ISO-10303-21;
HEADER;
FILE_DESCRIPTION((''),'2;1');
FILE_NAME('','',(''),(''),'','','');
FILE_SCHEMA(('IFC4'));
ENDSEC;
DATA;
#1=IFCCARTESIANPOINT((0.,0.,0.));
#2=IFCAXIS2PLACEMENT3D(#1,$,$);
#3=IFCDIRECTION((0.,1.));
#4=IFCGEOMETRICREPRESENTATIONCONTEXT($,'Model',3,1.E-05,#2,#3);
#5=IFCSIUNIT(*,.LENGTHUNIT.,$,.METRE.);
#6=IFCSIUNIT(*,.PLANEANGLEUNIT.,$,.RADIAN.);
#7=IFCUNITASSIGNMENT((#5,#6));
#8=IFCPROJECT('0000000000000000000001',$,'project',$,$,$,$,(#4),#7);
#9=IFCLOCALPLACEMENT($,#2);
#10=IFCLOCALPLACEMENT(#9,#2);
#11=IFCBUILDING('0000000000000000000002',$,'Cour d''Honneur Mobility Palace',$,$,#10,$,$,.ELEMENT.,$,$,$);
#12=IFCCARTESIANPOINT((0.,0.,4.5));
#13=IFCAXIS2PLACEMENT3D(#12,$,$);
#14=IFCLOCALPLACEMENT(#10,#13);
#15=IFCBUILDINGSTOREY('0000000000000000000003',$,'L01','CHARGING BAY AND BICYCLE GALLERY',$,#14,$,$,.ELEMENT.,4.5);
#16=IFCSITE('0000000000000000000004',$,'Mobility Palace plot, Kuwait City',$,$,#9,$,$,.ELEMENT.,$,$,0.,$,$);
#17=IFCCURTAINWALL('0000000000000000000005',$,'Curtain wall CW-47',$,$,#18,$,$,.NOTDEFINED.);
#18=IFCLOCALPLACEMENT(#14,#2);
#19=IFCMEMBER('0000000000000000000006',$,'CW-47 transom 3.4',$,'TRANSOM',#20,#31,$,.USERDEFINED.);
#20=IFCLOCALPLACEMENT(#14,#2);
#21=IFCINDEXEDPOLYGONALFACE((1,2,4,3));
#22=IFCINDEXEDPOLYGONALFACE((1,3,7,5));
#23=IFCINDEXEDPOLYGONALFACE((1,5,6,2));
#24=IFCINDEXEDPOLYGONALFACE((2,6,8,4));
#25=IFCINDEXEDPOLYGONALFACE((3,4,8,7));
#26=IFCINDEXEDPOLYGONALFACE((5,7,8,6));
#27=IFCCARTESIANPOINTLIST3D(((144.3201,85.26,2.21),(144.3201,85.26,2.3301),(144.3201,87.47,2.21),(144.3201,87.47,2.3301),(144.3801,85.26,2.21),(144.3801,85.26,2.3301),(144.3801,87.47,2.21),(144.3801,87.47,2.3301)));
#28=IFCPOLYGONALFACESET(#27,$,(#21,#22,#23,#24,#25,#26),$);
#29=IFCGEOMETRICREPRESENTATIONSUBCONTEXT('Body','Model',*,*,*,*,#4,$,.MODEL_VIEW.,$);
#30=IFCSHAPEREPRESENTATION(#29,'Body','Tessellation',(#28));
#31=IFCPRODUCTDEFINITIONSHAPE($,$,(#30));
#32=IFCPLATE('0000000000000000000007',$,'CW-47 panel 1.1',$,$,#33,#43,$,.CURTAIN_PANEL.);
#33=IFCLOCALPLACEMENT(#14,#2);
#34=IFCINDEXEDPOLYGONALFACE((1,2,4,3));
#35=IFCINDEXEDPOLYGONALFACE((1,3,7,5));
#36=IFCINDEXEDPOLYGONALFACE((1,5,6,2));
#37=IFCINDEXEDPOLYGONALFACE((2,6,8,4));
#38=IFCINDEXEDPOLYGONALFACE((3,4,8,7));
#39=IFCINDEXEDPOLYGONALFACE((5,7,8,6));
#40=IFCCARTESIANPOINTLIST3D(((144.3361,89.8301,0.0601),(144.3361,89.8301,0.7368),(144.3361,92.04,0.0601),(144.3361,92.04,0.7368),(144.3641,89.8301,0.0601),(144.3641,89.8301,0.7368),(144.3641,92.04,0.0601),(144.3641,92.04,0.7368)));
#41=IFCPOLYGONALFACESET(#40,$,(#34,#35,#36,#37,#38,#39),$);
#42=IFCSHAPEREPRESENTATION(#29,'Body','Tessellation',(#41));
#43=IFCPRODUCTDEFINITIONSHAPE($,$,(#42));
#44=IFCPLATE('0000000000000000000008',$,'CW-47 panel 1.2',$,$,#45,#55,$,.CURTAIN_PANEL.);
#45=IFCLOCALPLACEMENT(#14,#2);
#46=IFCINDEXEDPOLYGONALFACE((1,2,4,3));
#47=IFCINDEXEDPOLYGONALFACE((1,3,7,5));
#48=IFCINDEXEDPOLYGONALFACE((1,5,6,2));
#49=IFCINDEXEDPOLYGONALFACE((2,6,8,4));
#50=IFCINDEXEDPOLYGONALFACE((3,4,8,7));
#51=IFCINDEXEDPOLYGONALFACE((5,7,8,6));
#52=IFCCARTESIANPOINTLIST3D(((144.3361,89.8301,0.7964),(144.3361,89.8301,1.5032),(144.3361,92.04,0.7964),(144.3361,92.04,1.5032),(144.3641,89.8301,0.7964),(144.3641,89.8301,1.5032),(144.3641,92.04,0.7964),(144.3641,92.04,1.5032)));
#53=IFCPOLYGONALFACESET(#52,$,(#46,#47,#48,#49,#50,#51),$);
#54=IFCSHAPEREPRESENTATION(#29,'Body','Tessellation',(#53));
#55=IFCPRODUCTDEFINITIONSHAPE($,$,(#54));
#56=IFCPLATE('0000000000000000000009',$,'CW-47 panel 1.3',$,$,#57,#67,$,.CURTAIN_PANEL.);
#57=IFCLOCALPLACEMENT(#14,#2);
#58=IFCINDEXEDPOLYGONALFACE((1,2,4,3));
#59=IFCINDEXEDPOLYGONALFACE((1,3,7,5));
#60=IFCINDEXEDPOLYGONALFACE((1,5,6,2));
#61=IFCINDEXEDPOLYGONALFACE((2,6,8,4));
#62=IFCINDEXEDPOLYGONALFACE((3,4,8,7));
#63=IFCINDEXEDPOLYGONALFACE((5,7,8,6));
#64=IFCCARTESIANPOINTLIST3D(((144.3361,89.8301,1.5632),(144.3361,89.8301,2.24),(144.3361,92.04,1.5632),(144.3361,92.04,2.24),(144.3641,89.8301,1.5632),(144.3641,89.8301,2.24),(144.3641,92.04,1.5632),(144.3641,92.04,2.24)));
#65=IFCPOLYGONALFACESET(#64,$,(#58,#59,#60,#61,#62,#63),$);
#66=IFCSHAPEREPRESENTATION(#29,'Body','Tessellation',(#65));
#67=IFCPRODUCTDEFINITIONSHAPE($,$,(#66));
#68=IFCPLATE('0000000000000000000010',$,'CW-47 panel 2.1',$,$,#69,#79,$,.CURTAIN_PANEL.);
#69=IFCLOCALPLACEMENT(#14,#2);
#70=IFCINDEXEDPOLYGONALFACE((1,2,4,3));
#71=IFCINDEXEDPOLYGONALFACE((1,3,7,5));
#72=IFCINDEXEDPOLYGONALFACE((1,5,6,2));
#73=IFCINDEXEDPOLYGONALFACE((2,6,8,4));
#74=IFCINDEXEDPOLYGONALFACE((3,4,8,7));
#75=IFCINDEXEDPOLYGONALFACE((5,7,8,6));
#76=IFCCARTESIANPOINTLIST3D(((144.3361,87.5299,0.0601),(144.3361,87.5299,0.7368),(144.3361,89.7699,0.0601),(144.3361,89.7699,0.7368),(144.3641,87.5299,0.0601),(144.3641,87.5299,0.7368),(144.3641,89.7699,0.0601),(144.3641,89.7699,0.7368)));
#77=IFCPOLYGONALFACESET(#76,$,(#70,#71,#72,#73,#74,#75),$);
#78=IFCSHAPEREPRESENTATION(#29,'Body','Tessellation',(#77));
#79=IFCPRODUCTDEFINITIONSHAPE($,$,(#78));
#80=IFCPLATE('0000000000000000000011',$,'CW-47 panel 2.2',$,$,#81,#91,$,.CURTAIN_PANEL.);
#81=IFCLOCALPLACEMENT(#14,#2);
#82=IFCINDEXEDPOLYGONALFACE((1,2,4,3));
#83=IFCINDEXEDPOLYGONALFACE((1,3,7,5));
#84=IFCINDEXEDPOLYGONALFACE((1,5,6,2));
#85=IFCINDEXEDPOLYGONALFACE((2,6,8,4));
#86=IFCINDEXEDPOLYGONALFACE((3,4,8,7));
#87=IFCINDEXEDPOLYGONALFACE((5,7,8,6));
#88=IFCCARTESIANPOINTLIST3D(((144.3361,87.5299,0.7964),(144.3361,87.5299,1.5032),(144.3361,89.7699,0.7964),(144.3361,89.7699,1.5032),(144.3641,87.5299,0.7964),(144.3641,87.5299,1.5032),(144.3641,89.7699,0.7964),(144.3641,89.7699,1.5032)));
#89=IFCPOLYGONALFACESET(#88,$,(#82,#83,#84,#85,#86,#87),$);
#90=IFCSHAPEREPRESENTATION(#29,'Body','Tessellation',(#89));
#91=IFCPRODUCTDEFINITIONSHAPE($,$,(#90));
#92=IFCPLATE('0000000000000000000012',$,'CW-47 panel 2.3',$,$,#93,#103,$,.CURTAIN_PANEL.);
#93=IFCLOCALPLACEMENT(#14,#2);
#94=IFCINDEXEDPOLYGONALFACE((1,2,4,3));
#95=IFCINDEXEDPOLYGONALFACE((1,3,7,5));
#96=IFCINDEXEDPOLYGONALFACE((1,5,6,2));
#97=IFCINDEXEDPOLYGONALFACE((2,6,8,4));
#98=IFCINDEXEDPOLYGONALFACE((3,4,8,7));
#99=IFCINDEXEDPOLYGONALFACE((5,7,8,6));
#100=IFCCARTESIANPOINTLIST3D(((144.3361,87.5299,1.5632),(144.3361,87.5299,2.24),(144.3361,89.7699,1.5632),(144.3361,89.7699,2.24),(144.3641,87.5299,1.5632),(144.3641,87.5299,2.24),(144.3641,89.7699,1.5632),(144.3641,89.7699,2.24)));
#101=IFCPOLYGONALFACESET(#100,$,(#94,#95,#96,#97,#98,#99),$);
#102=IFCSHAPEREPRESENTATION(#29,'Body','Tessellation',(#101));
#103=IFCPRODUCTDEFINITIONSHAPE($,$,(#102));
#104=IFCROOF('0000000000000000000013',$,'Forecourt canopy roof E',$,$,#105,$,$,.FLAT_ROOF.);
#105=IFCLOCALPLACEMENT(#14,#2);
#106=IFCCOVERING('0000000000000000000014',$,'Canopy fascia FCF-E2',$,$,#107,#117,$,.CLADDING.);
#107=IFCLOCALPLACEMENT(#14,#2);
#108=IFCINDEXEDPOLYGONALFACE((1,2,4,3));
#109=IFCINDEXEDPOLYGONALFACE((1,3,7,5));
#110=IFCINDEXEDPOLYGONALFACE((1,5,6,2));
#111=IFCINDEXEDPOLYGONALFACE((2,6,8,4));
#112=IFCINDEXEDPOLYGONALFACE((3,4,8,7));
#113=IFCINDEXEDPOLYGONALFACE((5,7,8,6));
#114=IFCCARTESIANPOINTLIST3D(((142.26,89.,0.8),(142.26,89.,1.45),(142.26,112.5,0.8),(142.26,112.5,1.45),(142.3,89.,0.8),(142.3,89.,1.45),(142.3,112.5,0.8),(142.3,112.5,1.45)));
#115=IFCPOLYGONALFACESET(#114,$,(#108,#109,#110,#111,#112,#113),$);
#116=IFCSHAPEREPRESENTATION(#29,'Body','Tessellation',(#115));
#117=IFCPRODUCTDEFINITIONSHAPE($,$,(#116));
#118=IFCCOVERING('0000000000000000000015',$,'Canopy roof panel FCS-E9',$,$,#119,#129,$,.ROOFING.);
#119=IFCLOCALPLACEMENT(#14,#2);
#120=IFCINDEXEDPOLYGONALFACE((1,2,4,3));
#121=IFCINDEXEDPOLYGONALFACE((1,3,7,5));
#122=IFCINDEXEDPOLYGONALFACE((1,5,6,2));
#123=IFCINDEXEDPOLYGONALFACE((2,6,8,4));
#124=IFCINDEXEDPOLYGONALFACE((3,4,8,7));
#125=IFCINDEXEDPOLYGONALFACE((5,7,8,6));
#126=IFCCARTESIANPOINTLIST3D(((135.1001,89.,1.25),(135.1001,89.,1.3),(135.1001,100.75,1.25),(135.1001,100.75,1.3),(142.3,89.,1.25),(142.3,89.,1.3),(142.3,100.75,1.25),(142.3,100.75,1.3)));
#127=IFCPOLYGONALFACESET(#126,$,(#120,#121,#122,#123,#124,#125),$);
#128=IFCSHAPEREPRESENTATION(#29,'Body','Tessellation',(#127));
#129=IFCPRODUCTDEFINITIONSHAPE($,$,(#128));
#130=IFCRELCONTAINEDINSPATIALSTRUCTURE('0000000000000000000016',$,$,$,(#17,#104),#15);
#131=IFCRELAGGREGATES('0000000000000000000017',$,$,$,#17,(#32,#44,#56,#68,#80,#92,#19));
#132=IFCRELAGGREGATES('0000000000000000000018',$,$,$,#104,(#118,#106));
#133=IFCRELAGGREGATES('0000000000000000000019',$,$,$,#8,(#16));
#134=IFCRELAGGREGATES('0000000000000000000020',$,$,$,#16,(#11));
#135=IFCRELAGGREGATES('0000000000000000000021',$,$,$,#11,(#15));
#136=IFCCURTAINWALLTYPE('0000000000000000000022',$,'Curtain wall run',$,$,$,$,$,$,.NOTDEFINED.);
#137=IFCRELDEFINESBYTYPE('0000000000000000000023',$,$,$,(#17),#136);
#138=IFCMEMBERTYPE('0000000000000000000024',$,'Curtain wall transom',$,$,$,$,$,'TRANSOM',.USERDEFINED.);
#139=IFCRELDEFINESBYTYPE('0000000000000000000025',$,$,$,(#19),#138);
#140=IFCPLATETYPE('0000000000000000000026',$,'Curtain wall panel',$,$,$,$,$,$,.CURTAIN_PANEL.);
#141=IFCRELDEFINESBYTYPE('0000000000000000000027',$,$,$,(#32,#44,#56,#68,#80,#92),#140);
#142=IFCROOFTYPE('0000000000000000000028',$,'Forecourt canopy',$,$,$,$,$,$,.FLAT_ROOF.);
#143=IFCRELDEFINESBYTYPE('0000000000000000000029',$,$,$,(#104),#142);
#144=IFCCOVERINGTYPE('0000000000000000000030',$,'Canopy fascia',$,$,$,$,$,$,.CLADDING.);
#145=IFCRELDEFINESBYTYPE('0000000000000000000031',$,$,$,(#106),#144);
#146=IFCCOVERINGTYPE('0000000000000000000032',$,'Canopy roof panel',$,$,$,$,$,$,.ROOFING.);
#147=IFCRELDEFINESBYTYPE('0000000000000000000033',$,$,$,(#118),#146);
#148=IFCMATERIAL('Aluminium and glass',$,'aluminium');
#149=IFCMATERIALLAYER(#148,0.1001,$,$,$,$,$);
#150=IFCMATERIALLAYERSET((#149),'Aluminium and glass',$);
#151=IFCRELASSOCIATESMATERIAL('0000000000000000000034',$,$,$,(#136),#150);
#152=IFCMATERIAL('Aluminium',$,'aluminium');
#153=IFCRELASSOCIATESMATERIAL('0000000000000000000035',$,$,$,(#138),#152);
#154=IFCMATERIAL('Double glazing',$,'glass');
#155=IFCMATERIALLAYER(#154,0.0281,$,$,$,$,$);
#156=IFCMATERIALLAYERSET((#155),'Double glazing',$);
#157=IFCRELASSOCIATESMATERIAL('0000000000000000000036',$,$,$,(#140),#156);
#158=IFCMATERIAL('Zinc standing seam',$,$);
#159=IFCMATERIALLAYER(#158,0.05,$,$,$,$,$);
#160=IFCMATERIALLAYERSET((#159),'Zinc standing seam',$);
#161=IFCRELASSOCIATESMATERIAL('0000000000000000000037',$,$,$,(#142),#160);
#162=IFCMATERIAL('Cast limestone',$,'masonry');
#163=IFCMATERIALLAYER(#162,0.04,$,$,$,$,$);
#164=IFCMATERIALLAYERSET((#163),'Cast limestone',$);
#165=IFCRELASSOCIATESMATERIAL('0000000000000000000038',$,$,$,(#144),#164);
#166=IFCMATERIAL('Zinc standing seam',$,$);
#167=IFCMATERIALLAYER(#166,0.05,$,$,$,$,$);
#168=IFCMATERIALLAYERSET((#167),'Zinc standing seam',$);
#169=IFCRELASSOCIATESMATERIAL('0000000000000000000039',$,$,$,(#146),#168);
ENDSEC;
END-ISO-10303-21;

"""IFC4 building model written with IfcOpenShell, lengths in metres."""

from ifc_helpers import new_model, si_unit, direction, frame, origin, origin_2d, place, context, subcontext, project, spatial, polyline, rectangle, outline, extrude, material, layer, layer_set, material_profile, profile_set, type_object, element, aggregate, save


model = new_model("IFC4")

# Units and contexts
model_context = context("Model", 3, precision=1e-05, world=origin(), true_north=direction((0.0, 1.0)))
body_context = subcontext(model_context, "Body", "Model", "MODEL_VIEW")
ifc_project = project(units=[si_unit("LENGTHUNIT", "METRE"), si_unit("PLANEANGLEUNIT", "RADIAN")], contexts=[model_context])

# Site, building, storey
site_placement = place(None, origin())
site = spatial("IfcSite", under=ifc_project, at=site_placement, Name="Mobility Palace plot, Kuwait City", CompositionType="ELEMENT", RefElevation=0.0)
building_placement = place(site_placement, origin())
building = spatial("IfcBuilding", under=site, at=building_placement, Name="Cour d'Honneur Mobility Palace", CompositionType="ELEMENT")
storey_placement = place(building_placement, frame((0.0, 0.0, 4.5)))
storey = spatial("IfcBuildingStorey", under=building, at=storey_placement, Name="L01", Description="CHARGING BAY AND BICYCLE GALLERY", CompositionType="ELEMENT", Elevation=4.5)

# Curtain wall, member, plates
ifc_material_1 = material(Name="Aluminium and glass", Category="aluminium")
ifc_layer_1 = layer(ifc_material_1, 0.1001)
ifc_layer_set_1 = layer_set([ifc_layer_1], Name="Aluminium and glass")
curtain_wall_type = type_object("IfcCurtainWallType", Name="Curtain wall run", PredefinedType="NOTDEFINED", material=ifc_layer_set_1)
curtain_wall_placement = place(storey_placement, origin())
curtain_wall = element("IfcCurtainWall", 1, at=curtain_wall_placement, inside=storey, type_object=curtain_wall_type, Name="Curtain wall CW-47", PredefinedType="NOTDEFINED")
ifc_material_2 = material(Name="Aluminium", Category="aluminium")
ifc_material_profile_1 = material_profile(ifc_material_2, rectangle(XDim=0.0601, YDim=0.1201, at=origin_2d()), Name="Curtain wall transom")
ifc_profile_set_1 = profile_set([ifc_material_profile_1], Name="Aluminium")
member_type_1 = type_object("IfcMemberType", Name="Curtain wall transom", ElementType="TRANSOM", PredefinedType="USERDEFINED", material=ifc_profile_set_1)
member_1_placement = place(storey_placement, frame((144.3501, 87.47, 2.27), z_axis=(0.0, -1.0, 0.0), x_axis=(1.0, 0.0, 0.0)))
member_1 = element("IfcMember", 2, at=member_1_placement, type_object=member_type_1, Name="CW-47 transom 3.4", ObjectType="TRANSOM", PredefinedType="USERDEFINED", context=body_context, shape_type="SweptSolid", body=[
    extrude(rectangle(XDim=0.0601, YDim=0.1201, at=origin_2d()), origin(), (0.0, 0.0, 1.0), 2.21),
])
ifc_material_3 = material(Name="Double glazing", Category="glass")
ifc_layer_2 = layer(ifc_material_3, 0.0281)
ifc_layer_set_2 = layer_set([ifc_layer_2], Name="Double glazing")
plate_type = type_object("IfcPlateType", Name="Curtain wall panel", PredefinedType="CURTAIN_PANEL", material=ifc_layer_set_2)
plate_1_placement = place(storey_placement, frame((144.3501, 90.9351, 0.0601), z_axis=(0.0, 0.0, 1.0), x_axis=(0.0, -1.0, 0.0)))
plate_1 = element("IfcPlate", 3, at=plate_1_placement, type_object=plate_type, Name="CW-47 panel 1.1", PredefinedType="CURTAIN_PANEL", context=body_context, shape_type="SweptSolid", body=[
    extrude(rectangle(XDim=2.21, YDim=0.0281, at=origin_2d()), origin(), (0.0, 0.0, 1.0), 0.6768),
])
plate_2_placement = place(storey_placement, frame((144.3501, 90.9351, 0.7964), z_axis=(0.0, 0.0, 1.0), x_axis=(0.0, -1.0, 0.0)))
plate_2 = element("IfcPlate", 4, at=plate_2_placement, type_object=plate_type, Name="CW-47 panel 1.2", PredefinedType="CURTAIN_PANEL", context=body_context, shape_type="SweptSolid", body=[
    extrude(rectangle(XDim=2.21, YDim=0.0281, at=origin_2d()), origin(), (0.0, 0.0, 1.0), 0.7068),
])
plate_3_placement = place(storey_placement, frame((144.3501, 90.9351, 1.5632), z_axis=(0.0, 0.0, 1.0), x_axis=(0.0, -1.0, 0.0)))
plate_3 = element("IfcPlate", 5, at=plate_3_placement, type_object=plate_type, Name="CW-47 panel 1.3", PredefinedType="CURTAIN_PANEL", context=body_context, shape_type="SweptSolid", body=[
    extrude(rectangle(XDim=2.21, YDim=0.0281, at=origin_2d()), origin(), (0.0, 0.0, 1.0), 0.6768),
])
plate_4_placement = place(storey_placement, frame((144.3501, 88.6499, 0.0601), z_axis=(0.0, 0.0, 1.0), x_axis=(0.0, -1.0, 0.0)))
plate_4 = element("IfcPlate", 6, at=plate_4_placement, type_object=plate_type, Name="CW-47 panel 2.1", PredefinedType="CURTAIN_PANEL", context=body_context, shape_type="SweptSolid", body=[
    extrude(rectangle(XDim=2.24, YDim=0.0281, at=origin_2d()), origin(), (0.0, 0.0, 1.0), 0.6768),
])
plate_5_placement = place(storey_placement, frame((144.3501, 88.6499, 0.7964), z_axis=(0.0, 0.0, 1.0), x_axis=(0.0, -1.0, 0.0)))
plate_5 = element("IfcPlate", 7, at=plate_5_placement, type_object=plate_type, Name="CW-47 panel 2.2", PredefinedType="CURTAIN_PANEL", context=body_context, shape_type="SweptSolid", body=[
    extrude(rectangle(XDim=2.24, YDim=0.0281, at=origin_2d()), origin(), (0.0, 0.0, 1.0), 0.7068),
])
plate_6_placement = place(storey_placement, frame((144.3501, 88.6499, 1.5632), z_axis=(0.0, 0.0, 1.0), x_axis=(0.0, -1.0, 0.0)))
plate_6 = element("IfcPlate", 8, at=plate_6_placement, type_object=plate_type, Name="CW-47 panel 2.3", PredefinedType="CURTAIN_PANEL", context=body_context, shape_type="SweptSolid", body=[
    extrude(rectangle(XDim=2.24, YDim=0.0281, at=origin_2d()), origin(), (0.0, 0.0, 1.0), 0.6768),
])
aggregate(curtain_wall, [plate_1, plate_2, plate_3, plate_4, plate_5, plate_6, member_1])

# Roof, coverings
ifc_material_4 = material(Name="Zinc standing seam")
ifc_layer_3 = layer(ifc_material_4, 0.05)
ifc_layer_set_3 = layer_set([ifc_layer_3], Name="Zinc standing seam")
roof_type = type_object("IfcRoofType", Name="Forecourt canopy", PredefinedType="FLAT_ROOF", material=ifc_layer_set_3)
roof_placement = place(storey_placement, origin())
roof = element("IfcRoof", 9, at=roof_placement, inside=storey, type_object=roof_type, Name="Forecourt canopy roof E", PredefinedType="FLAT_ROOF")
ifc_material_5 = material(Name="Cast limestone", Category="masonry")
ifc_layer_4 = layer(ifc_material_5, 0.04)
ifc_layer_set_4 = layer_set([ifc_layer_4], Name="Cast limestone")
covering_type_1 = type_object("IfcCoveringType", Name="Canopy fascia", PredefinedType="CLADDING", material=ifc_layer_set_4)
covering_1_placement = place(storey_placement, frame((142.3, 89.0, 0.8), z_axis=(1.0, 0.0, 0.0), x_axis=(0.0, 1.0, 0.0)))
covering_1 = element("IfcCovering", 10, at=covering_1_placement, type_object=covering_type_1, Name="Canopy fascia FCF-E2", PredefinedType="CLADDING", context=body_context, shape_type="SweptSolid", body=[
    extrude(outline(polyline([(0.0, 0.0), (23.5, 0.0), (23.5, 0.6499), (0.0, 0.6499), (0.0, 0.0)])), origin(), (0.0, 0.0, -1.0), 0.04),
])
ifc_material_6 = material(Name="Zinc standing seam")
ifc_layer_5 = layer(ifc_material_6, 0.05)
ifc_layer_set_5 = layer_set([ifc_layer_5], Name="Zinc standing seam")
covering_type_2 = type_object("IfcCoveringType", Name="Canopy roof panel", PredefinedType="ROOFING", material=ifc_layer_set_5)
covering_2_placement = place(storey_placement, frame((135.1001, 89.0, 1.3), z_axis=(0.0, 0.0, 1.0), x_axis=(1.0, 0.0, 0.0)))
covering_2 = element("IfcCovering", 11, at=covering_2_placement, type_object=covering_type_2, Name="Canopy roof panel FCS-E9", PredefinedType="ROOFING", context=body_context, shape_type="SweptSolid", body=[
    extrude(outline(polyline([(0.0, 0.0), (7.2, 0.0), (7.2, 11.75), (0.0, 11.75), (0.0, 0.0)])), origin(), (0.0, 0.0, -1.0), 0.05),
])
aggregate(roof, [covering_2, covering_1])

save(model, "model.ifc")
